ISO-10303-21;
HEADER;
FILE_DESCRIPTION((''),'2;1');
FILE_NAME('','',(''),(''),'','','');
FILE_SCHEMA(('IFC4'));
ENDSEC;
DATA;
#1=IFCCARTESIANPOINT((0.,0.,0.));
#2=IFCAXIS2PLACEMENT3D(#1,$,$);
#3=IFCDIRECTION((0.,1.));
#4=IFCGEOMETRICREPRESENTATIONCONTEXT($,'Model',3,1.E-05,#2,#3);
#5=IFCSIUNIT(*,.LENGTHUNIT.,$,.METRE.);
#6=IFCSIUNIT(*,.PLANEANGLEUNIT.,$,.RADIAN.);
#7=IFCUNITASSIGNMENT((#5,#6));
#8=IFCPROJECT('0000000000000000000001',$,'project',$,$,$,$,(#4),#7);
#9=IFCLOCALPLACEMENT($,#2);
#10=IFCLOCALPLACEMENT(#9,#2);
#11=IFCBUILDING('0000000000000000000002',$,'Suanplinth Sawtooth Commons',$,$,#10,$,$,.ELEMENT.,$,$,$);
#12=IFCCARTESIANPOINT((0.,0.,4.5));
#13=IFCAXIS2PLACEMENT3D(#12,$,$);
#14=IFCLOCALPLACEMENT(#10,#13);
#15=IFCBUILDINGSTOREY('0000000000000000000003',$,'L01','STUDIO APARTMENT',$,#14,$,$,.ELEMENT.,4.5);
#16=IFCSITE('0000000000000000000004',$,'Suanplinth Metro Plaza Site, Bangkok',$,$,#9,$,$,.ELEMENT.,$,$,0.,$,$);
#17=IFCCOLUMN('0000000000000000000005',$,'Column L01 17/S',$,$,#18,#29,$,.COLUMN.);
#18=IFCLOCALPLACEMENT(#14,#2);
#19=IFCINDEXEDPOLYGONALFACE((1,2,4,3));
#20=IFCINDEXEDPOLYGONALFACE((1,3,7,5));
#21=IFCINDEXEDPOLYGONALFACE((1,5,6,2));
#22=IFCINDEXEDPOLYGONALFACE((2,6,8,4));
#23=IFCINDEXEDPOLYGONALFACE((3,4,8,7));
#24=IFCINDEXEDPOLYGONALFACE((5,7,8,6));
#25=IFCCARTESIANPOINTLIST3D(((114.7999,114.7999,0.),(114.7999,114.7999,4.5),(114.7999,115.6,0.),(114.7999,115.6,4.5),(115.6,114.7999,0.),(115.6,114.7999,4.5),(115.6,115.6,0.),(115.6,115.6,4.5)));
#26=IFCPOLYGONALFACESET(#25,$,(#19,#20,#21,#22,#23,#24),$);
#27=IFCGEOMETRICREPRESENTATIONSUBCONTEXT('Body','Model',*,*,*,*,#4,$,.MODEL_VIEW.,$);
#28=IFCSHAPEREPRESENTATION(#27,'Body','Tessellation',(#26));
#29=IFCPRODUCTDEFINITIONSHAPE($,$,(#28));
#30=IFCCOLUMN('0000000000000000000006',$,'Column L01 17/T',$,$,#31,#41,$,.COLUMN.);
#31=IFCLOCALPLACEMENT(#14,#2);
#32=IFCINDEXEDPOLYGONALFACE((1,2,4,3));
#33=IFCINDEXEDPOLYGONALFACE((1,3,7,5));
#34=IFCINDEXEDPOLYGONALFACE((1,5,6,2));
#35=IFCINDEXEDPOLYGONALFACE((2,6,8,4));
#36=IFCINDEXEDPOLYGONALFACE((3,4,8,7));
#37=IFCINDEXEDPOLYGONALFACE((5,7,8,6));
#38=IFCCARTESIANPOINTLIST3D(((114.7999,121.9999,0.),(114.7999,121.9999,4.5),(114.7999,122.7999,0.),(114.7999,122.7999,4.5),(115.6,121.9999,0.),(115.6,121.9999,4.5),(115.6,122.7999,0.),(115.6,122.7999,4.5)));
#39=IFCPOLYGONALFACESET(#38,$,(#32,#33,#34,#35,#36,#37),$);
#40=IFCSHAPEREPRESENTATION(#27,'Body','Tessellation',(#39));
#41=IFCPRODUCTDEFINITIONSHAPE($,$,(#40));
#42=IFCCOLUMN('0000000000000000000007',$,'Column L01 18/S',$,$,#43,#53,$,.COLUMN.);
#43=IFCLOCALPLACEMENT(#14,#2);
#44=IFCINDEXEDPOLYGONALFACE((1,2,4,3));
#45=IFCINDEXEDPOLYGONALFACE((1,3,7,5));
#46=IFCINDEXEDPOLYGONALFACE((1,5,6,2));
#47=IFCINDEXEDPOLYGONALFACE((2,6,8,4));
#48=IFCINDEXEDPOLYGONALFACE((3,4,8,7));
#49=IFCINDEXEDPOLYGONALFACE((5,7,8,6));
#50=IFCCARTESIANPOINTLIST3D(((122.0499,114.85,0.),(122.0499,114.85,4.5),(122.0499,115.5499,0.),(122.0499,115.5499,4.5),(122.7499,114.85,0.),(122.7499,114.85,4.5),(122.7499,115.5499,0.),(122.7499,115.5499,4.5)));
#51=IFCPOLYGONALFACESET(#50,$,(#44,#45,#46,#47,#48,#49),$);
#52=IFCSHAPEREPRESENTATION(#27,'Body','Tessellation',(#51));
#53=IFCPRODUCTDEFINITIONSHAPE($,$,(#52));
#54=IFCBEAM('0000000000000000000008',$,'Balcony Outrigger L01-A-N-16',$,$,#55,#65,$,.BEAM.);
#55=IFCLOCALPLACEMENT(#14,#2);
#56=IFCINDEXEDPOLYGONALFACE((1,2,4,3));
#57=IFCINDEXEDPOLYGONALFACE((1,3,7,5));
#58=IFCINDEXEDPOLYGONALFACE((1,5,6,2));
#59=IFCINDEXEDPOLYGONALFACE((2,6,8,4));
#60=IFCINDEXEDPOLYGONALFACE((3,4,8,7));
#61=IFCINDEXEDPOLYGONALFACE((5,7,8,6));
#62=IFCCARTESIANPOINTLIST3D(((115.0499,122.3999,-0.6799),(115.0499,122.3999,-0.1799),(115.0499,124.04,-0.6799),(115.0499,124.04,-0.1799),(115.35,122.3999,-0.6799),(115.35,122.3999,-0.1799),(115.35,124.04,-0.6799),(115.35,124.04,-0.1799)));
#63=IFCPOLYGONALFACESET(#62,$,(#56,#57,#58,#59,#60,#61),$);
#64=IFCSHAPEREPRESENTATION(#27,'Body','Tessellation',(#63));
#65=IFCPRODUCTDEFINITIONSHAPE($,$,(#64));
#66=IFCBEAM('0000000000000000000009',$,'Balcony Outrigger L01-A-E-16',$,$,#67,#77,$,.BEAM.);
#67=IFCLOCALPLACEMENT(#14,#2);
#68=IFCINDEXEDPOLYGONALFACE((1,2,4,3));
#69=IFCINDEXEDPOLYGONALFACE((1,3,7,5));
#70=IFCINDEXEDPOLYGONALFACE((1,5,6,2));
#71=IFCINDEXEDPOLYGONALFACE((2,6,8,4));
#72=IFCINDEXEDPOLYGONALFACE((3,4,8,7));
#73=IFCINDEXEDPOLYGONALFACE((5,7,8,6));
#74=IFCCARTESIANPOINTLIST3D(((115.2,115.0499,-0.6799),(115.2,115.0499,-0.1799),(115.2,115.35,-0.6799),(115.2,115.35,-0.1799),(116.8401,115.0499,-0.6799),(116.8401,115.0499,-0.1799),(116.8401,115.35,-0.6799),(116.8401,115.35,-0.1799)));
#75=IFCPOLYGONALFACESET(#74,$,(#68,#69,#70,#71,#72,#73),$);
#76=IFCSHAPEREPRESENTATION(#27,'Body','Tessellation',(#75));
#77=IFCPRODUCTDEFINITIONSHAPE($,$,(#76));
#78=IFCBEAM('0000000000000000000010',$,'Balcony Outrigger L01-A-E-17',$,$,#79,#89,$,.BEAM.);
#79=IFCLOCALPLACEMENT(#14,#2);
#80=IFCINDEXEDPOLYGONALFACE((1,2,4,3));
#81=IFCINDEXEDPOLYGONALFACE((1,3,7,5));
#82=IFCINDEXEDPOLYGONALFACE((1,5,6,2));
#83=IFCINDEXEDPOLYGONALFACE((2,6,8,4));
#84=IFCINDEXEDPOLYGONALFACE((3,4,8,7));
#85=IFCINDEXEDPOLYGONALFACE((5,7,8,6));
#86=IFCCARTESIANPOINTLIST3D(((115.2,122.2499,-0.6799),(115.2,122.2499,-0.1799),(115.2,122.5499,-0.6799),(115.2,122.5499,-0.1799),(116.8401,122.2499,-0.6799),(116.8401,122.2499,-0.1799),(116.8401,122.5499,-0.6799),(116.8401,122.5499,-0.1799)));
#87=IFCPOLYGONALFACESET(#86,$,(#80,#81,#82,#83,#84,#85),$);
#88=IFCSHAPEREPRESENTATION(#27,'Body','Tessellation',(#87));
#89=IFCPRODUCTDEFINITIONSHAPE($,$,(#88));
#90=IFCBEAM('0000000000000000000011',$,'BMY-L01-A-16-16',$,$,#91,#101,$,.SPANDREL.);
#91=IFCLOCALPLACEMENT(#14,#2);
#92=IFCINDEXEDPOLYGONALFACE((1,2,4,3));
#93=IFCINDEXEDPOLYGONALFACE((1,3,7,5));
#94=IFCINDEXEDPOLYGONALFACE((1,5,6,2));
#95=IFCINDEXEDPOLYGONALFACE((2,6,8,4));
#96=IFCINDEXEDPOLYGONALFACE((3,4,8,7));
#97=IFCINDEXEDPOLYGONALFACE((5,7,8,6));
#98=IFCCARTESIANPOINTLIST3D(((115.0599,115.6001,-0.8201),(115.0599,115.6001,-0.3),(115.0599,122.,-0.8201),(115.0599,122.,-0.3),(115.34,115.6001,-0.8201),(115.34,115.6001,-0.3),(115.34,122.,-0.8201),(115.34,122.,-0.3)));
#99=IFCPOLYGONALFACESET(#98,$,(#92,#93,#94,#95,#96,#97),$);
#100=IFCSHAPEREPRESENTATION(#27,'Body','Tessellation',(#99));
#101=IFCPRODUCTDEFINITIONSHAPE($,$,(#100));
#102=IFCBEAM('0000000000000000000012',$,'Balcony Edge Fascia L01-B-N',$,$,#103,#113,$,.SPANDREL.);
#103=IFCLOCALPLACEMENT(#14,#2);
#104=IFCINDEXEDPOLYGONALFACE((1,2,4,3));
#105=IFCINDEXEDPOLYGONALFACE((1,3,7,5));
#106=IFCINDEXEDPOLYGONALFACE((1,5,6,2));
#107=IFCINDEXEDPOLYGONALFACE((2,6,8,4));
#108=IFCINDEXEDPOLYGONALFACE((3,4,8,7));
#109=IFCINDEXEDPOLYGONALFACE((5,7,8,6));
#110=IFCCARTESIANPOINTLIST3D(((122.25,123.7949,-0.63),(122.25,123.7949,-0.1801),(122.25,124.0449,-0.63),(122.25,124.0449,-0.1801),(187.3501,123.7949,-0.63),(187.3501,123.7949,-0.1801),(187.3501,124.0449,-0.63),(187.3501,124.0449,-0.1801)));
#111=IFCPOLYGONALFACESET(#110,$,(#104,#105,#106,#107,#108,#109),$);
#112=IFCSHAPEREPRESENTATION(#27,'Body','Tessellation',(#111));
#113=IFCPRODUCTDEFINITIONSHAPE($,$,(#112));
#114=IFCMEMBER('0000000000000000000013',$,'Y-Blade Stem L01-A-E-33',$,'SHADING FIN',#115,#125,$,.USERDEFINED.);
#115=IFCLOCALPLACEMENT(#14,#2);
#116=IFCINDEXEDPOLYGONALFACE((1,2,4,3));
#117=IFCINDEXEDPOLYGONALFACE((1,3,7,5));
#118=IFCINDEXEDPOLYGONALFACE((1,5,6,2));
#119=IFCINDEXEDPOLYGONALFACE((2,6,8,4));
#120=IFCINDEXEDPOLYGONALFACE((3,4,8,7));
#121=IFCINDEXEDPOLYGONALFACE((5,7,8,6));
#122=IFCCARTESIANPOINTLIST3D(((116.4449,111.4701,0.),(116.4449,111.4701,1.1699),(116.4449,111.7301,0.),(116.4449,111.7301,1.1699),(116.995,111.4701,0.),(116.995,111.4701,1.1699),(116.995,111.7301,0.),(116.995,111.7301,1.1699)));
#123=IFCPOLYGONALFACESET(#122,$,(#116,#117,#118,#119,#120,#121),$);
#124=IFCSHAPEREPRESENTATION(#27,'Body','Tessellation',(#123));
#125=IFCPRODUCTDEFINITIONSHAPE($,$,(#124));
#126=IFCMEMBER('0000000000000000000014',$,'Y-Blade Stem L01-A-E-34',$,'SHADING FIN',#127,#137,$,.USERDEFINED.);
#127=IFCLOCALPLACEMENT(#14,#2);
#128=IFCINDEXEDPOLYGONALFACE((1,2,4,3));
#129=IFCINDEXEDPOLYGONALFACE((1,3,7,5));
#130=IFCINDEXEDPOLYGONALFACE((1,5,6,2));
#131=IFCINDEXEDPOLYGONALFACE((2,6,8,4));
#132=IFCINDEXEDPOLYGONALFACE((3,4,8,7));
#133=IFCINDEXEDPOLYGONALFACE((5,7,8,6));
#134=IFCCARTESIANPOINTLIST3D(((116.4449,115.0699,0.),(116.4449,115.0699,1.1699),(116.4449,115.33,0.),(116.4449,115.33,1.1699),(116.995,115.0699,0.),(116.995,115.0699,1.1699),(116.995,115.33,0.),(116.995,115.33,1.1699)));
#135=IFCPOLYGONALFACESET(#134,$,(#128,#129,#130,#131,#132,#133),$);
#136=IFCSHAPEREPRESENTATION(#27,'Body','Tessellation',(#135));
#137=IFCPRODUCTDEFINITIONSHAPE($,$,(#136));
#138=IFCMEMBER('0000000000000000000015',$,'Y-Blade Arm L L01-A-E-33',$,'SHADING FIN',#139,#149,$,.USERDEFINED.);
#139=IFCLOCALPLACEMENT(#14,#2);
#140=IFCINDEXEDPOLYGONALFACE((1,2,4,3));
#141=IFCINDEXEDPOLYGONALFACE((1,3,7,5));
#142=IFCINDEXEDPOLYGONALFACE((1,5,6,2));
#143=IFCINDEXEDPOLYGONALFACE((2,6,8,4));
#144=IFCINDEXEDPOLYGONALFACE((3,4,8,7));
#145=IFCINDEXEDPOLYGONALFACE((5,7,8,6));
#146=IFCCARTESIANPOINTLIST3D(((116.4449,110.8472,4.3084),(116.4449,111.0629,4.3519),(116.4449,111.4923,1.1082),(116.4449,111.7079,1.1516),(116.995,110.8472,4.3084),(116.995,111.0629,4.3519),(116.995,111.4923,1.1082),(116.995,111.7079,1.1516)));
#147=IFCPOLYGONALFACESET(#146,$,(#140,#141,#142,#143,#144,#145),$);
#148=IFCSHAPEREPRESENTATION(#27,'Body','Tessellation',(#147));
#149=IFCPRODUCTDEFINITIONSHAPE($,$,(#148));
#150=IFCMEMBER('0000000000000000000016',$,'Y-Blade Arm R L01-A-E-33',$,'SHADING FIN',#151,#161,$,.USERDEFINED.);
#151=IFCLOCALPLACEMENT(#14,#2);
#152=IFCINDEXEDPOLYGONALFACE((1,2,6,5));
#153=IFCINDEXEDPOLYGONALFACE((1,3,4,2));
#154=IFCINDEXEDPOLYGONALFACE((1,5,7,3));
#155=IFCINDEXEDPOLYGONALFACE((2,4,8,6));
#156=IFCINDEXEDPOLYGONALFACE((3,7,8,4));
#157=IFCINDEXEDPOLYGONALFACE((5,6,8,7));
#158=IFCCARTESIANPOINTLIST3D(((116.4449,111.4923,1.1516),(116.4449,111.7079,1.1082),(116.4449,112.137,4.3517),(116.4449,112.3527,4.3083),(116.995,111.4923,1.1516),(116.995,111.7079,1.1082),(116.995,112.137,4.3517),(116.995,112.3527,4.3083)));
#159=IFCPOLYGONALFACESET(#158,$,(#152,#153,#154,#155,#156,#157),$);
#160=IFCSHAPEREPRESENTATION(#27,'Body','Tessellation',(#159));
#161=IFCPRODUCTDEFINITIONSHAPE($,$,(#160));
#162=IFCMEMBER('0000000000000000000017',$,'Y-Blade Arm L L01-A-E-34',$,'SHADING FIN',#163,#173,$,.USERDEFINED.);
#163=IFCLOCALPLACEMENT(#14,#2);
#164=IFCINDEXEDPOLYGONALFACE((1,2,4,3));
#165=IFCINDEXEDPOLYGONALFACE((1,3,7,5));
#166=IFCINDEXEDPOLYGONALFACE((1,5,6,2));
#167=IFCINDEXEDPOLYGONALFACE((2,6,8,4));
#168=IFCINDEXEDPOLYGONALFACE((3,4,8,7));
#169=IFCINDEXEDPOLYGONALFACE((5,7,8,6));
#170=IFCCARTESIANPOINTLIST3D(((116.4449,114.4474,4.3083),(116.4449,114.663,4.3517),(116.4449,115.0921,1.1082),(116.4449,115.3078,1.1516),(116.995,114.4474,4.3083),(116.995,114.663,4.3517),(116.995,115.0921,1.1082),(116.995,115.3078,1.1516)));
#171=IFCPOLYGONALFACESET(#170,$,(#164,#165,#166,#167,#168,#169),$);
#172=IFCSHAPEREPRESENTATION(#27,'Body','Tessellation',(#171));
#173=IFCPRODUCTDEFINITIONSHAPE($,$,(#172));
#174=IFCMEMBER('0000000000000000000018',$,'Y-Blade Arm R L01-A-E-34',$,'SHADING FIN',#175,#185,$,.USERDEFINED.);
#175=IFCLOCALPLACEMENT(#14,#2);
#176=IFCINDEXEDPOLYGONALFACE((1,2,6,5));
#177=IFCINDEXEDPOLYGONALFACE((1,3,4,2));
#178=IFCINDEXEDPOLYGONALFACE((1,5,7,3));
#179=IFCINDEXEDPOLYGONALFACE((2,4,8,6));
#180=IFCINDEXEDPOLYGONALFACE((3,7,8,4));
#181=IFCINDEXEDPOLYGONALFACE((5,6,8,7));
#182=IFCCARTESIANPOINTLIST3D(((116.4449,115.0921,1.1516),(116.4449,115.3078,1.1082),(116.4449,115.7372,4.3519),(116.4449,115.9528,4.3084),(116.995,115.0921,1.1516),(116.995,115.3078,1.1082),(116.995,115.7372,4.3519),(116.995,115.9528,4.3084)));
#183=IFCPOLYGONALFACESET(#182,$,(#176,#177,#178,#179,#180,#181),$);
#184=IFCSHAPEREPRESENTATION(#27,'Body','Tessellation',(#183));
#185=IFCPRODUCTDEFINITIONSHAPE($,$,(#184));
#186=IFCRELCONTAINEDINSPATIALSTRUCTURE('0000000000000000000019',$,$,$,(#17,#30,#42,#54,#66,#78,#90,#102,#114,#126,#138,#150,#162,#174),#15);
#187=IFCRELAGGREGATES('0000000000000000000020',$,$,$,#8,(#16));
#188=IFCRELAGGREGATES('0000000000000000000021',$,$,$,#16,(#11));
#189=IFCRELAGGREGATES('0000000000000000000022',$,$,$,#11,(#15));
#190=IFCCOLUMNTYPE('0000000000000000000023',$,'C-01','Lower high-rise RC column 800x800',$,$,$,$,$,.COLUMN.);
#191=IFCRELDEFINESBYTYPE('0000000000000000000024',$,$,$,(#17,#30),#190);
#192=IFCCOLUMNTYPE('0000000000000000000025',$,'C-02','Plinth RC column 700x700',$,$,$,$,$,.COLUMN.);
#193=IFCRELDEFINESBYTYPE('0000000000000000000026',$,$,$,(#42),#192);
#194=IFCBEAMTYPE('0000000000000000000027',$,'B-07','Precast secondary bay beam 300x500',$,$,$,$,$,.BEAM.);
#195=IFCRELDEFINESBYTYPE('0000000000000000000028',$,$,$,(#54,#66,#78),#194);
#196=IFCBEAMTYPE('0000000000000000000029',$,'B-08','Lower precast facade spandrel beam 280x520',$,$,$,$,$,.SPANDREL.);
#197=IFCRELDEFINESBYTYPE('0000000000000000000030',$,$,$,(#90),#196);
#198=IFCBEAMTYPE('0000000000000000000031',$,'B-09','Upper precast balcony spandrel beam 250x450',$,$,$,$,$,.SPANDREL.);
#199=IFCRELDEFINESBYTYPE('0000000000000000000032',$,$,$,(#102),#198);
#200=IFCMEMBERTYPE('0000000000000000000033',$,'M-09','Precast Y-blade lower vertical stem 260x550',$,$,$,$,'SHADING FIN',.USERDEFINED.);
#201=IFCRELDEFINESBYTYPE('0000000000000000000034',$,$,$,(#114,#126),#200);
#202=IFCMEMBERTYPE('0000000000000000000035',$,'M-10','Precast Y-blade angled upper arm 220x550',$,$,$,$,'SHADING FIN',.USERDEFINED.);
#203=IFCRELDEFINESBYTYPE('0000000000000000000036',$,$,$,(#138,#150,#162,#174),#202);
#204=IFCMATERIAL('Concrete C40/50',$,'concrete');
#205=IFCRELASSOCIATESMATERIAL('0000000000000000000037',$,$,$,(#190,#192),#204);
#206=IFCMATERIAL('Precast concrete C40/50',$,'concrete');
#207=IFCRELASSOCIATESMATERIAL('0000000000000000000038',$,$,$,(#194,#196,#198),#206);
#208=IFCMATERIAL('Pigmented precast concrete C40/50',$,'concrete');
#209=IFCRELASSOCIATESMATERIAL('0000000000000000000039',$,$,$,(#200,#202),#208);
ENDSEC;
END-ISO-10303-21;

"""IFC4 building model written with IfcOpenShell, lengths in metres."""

from ifc_helpers import new_model, si_unit, direction, frame, origin, origin_2d, place, context, subcontext, project, spatial, rectangle, extrude, material, material_profile, profile_set, type_object, element, save


model = new_model("IFC4")

# Units and contexts
model_context = context("Model", 3, precision=1e-05, world=origin(), true_north=direction((0.0, 1.0)))
body_context = subcontext(model_context, "Body", "Model", "MODEL_VIEW")
ifc_project = project(units=[si_unit("LENGTHUNIT", "METRE"), si_unit("PLANEANGLEUNIT", "RADIAN")], contexts=[model_context])

# Site, building, storey
site_placement = place(None, origin())
site = spatial("IfcSite", under=ifc_project, at=site_placement, Name="Suanplinth Metro Plaza Site, Bangkok", CompositionType="ELEMENT", RefElevation=0.0)
building_placement = place(site_placement, origin())
building = spatial("IfcBuilding", under=site, at=building_placement, Name="Suanplinth Sawtooth Commons", CompositionType="ELEMENT")
storey_placement = place(building_placement, frame((0.0, 0.0, 4.5)))
storey = spatial("IfcBuildingStorey", under=building, at=storey_placement, Name="L01", Description="STUDIO APARTMENT", CompositionType="ELEMENT", Elevation=4.5)

# Columns
ifc_material_1 = material(Name="Concrete C40/50", Category="concrete")
ifc_material_profile_1 = material_profile(ifc_material_1, rectangle(XDim=0.8, YDim=0.8, at=origin_2d()), Name="RC-COL 800x800")
ifc_profile_set_1 = profile_set([ifc_material_profile_1], Name="Concrete C40/50")
column_type_1 = type_object("IfcColumnType", Name="C-01", Description="Lower high-rise RC column 800x800", PredefinedType="COLUMN", material=ifc_profile_set_1)
for number, where, z_axis, x_axis, name in (
    (1, (115.2, 115.2, 0.0), (0.0, 0.0, 1.0), (1.0, 0.0, 0.0), "Column L01 17/S"),
    (2, (115.2, 122.3999, 0.0), (0.0, 0.0, 1.0), (1.0, 0.0, 0.0), "Column L01 17/T"),
):
    element("IfcColumn", number, at=place(storey_placement, frame(where, z_axis=z_axis, x_axis=x_axis)), inside=storey, type_object=column_type_1, Name=name, PredefinedType="COLUMN", context=body_context, shape_type="SweptSolid", body=[
        extrude(rectangle(XDim=0.8, YDim=0.8, at=origin_2d()), origin(), (0.0, 0.0, 1.0), 4.5),
    ])
ifc_material_profile_2 = material_profile(ifc_material_1, rectangle(XDim=0.7, YDim=0.7, at=origin_2d()), Name="RC-COL 700x700")
ifc_profile_set_2 = profile_set([ifc_material_profile_2], Name="Concrete C40/50")
column_type_2 = type_object("IfcColumnType", Name="C-02", Description="Plinth RC column 700x700", PredefinedType="COLUMN", material=ifc_profile_set_2)
column_placement = place(storey_placement, frame((122.3999, 115.2, 0.0), z_axis=(0.0, 0.0, 1.0), x_axis=(1.0, 0.0, 0.0)))
element("IfcColumn", 3, at=column_placement, inside=storey, type_object=column_type_2, Name="Column L01 18/S", PredefinedType="COLUMN", context=body_context, shape_type="SweptSolid", body=[
    extrude(rectangle(XDim=0.7, YDim=0.7, at=origin_2d()), origin(), (0.0, 0.0, 1.0), 4.5),
])

# Beams
ifc_material_2 = material(Name="Precast concrete C40/50", Category="concrete")
ifc_material_profile_3 = material_profile(ifc_material_2, rectangle(XDim=0.3, YDim=0.5, at=origin_2d()), Name="PC-BM 300x500")
ifc_profile_set_3 = profile_set([ifc_material_profile_3], Name="Precast concrete C40/50")
beam_type_1 = type_object("IfcBeamType", Name="B-07", Description="Precast secondary bay beam 300x500", PredefinedType="BEAM", material=ifc_profile_set_3)
for number, where, z_axis, x_axis, name in (
    (4, (115.2, 122.3999, -0.4299), (0.0, 1.0, 0.0), (-1.0, 0.0, 0.0), "Balcony Outrigger L01-A-N-16"),
    (5, (115.2, 115.2, -0.4299), (1.0, 0.0, 0.0), (0.0, 1.0, 0.0), "Balcony Outrigger L01-A-E-16"),
    (6, (115.2, 122.3999, -0.4299), (1.0, 0.0, 0.0), (0.0, 1.0, 0.0), "Balcony Outrigger L01-A-E-17"),
):
    element("IfcBeam", number, at=place(storey_placement, frame(where, z_axis=z_axis, x_axis=x_axis)), inside=storey, type_object=beam_type_1, Name=name, PredefinedType="BEAM", context=body_context, shape_type="SweptSolid", body=[
        extrude(rectangle(XDim=0.3, YDim=0.5, at=origin_2d()), origin(), (0.0, 0.0, 1.0), 1.6401),
    ])
ifc_material_profile_4 = material_profile(ifc_material_2, rectangle(XDim=0.28, YDim=0.52, at=origin_2d()), Name="PC-SP 280x520")
ifc_profile_set_4 = profile_set([ifc_material_profile_4], Name="Precast concrete C40/50")
beam_type_2 = type_object("IfcBeamType", Name="B-08", Description="Lower precast facade spandrel beam 280x520", PredefinedType="SPANDREL", material=ifc_profile_set_4)
beam_1_placement = place(storey_placement, frame((115.2, 115.6001, -0.5601), z_axis=(0.0, 1.0, 0.0), x_axis=(-1.0, 0.0, 0.0)))
element("IfcBeam", 7, at=beam_1_placement, inside=storey, type_object=beam_type_2, Name="BMY-L01-A-16-16", PredefinedType="SPANDREL", context=body_context, shape_type="SweptSolid", body=[
    extrude(rectangle(XDim=0.28, YDim=0.52, at=origin_2d()), origin(), (0.0, 0.0, 1.0), 6.3999),
])
ifc_material_profile_5 = material_profile(ifc_material_2, rectangle(XDim=0.25, YDim=0.45, at=origin_2d()), Name="PC-SP 250x450")
ifc_profile_set_5 = profile_set([ifc_material_profile_5], Name="Precast concrete C40/50")
beam_type_3 = type_object("IfcBeamType", Name="B-09", Description="Upper precast balcony spandrel beam 250x450", PredefinedType="SPANDREL", material=ifc_profile_set_5)
beam_2_placement = place(storey_placement, frame((122.25, 123.9199, -0.405), z_axis=(1.0, 0.0, 0.0), x_axis=(0.0, 1.0, 0.0)))
element("IfcBeam", 8, at=beam_2_placement, inside=storey, type_object=beam_type_3, Name="Balcony Edge Fascia L01-B-N", PredefinedType="SPANDREL", context=body_context, shape_type="SweptSolid", body=[
    extrude(rectangle(XDim=0.25, YDim=0.45, at=origin_2d()), origin(), (0.0, 0.0, 1.0), 65.1001),
])

# Members
ifc_material_3 = material(Name="Pigmented precast concrete C40/50", Category="concrete")
ifc_material_profile_6 = material_profile(ifc_material_3, rectangle(XDim=0.26, YDim=0.55, at=origin_2d()), Name="PC-FIN 260x550")
ifc_profile_set_6 = profile_set([ifc_material_profile_6], Name="Pigmented precast concrete C40/50")
member_type_1 = type_object("IfcMemberType", Name="M-09", Description="Precast Y-blade lower vertical stem 260x550", ElementType="SHADING FIN", PredefinedType="USERDEFINED", material=ifc_profile_set_6)
for number, where, z_axis, x_axis, name in (
    (9, (116.72, 111.6001, 0.0), (0.0, 0.0, 1.0), (0.0, 1.0, 0.0), "Y-Blade Stem L01-A-E-33"),
    (10, (116.72, 115.2, 0.0), (0.0, 0.0, 1.0), (0.0, 1.0, 0.0), "Y-Blade Stem L01-A-E-34"),
):
    element("IfcMember", number, at=place(storey_placement, frame(where, z_axis=z_axis, x_axis=x_axis)), inside=storey, type_object=member_type_1, Name=name, ObjectType="SHADING FIN", PredefinedType="USERDEFINED", context=body_context, shape_type="SweptSolid", body=[
        extrude(rectangle(XDim=0.26, YDim=0.55, at=origin_2d()), origin(), (0.0, 0.0, 1.0), 1.1699),
    ])
ifc_material_profile_7 = material_profile(ifc_material_3, rectangle(XDim=0.22, YDim=0.55, at=origin_2d()), Name="PC-FIN 220x550")
ifc_profile_set_7 = profile_set([ifc_material_profile_7], Name="Pigmented precast concrete C40/50")
member_type_2 = type_object("IfcMemberType", Name="M-10", Description="Precast Y-blade angled upper arm 220x550", ElementType="SHADING FIN", PredefinedType="USERDEFINED", material=ifc_profile_set_7)
member_1_placement = place(storey_placement, frame((116.72, 111.6001, 1.1299), z_axis=(0.0, -0.197583, 0.980286), x_axis=(0.0, 0.980286, 0.197583)))
element("IfcMember", 11, at=member_1_placement, inside=storey, type_object=member_type_2, Name="Y-Blade Arm L L01-A-E-33", ObjectType="SHADING FIN", PredefinedType="USERDEFINED", context=body_context, shape_type="SweptSolid", body=[
    extrude(rectangle(XDim=0.22, YDim=0.55, at=origin_2d()), origin(), (0.0, 0.0, 1.0), 3.2646),
])
for number, where, z_axis, x_axis, name in (
    (12, (116.72, 111.6001, 1.1299), (0.0, 0.197511, 0.980301), (0.0, -0.980301, 0.197511), "Y-Blade Arm R L01-A-E-33"),
    (13, (116.72, 115.2, 1.1299), (0.0, -0.197511, 0.980301), (0.0, 0.980301, 0.197511), "Y-Blade Arm L L01-A-E-34"),
):
    element("IfcMember", number, at=place(storey_placement, frame(where, z_axis=z_axis, x_axis=x_axis)), inside=storey, type_object=member_type_2, Name=name, ObjectType="SHADING FIN", PredefinedType="USERDEFINED", context=body_context, shape_type="SweptSolid", body=[
        extrude(rectangle(XDim=0.22, YDim=0.55, at=origin_2d()), origin(), (0.0, 0.0, 1.0), 3.2644),
    ])
member_2_placement = place(storey_placement, frame((116.72, 115.2, 1.1299), z_axis=(0.0, 0.197583, 0.980286), x_axis=(0.0, -0.980286, 0.197583)))
element("IfcMember", 14, at=member_2_placement, inside=storey, type_object=member_type_2, Name="Y-Blade Arm R L01-A-E-34", ObjectType="SHADING FIN", PredefinedType="USERDEFINED", context=body_context, shape_type="SweptSolid", body=[
    extrude(rectangle(XDim=0.22, YDim=0.55, at=origin_2d()), origin(), (0.0, 0.0, 1.0), 3.2646),
])

save(model, "model.ifc")
